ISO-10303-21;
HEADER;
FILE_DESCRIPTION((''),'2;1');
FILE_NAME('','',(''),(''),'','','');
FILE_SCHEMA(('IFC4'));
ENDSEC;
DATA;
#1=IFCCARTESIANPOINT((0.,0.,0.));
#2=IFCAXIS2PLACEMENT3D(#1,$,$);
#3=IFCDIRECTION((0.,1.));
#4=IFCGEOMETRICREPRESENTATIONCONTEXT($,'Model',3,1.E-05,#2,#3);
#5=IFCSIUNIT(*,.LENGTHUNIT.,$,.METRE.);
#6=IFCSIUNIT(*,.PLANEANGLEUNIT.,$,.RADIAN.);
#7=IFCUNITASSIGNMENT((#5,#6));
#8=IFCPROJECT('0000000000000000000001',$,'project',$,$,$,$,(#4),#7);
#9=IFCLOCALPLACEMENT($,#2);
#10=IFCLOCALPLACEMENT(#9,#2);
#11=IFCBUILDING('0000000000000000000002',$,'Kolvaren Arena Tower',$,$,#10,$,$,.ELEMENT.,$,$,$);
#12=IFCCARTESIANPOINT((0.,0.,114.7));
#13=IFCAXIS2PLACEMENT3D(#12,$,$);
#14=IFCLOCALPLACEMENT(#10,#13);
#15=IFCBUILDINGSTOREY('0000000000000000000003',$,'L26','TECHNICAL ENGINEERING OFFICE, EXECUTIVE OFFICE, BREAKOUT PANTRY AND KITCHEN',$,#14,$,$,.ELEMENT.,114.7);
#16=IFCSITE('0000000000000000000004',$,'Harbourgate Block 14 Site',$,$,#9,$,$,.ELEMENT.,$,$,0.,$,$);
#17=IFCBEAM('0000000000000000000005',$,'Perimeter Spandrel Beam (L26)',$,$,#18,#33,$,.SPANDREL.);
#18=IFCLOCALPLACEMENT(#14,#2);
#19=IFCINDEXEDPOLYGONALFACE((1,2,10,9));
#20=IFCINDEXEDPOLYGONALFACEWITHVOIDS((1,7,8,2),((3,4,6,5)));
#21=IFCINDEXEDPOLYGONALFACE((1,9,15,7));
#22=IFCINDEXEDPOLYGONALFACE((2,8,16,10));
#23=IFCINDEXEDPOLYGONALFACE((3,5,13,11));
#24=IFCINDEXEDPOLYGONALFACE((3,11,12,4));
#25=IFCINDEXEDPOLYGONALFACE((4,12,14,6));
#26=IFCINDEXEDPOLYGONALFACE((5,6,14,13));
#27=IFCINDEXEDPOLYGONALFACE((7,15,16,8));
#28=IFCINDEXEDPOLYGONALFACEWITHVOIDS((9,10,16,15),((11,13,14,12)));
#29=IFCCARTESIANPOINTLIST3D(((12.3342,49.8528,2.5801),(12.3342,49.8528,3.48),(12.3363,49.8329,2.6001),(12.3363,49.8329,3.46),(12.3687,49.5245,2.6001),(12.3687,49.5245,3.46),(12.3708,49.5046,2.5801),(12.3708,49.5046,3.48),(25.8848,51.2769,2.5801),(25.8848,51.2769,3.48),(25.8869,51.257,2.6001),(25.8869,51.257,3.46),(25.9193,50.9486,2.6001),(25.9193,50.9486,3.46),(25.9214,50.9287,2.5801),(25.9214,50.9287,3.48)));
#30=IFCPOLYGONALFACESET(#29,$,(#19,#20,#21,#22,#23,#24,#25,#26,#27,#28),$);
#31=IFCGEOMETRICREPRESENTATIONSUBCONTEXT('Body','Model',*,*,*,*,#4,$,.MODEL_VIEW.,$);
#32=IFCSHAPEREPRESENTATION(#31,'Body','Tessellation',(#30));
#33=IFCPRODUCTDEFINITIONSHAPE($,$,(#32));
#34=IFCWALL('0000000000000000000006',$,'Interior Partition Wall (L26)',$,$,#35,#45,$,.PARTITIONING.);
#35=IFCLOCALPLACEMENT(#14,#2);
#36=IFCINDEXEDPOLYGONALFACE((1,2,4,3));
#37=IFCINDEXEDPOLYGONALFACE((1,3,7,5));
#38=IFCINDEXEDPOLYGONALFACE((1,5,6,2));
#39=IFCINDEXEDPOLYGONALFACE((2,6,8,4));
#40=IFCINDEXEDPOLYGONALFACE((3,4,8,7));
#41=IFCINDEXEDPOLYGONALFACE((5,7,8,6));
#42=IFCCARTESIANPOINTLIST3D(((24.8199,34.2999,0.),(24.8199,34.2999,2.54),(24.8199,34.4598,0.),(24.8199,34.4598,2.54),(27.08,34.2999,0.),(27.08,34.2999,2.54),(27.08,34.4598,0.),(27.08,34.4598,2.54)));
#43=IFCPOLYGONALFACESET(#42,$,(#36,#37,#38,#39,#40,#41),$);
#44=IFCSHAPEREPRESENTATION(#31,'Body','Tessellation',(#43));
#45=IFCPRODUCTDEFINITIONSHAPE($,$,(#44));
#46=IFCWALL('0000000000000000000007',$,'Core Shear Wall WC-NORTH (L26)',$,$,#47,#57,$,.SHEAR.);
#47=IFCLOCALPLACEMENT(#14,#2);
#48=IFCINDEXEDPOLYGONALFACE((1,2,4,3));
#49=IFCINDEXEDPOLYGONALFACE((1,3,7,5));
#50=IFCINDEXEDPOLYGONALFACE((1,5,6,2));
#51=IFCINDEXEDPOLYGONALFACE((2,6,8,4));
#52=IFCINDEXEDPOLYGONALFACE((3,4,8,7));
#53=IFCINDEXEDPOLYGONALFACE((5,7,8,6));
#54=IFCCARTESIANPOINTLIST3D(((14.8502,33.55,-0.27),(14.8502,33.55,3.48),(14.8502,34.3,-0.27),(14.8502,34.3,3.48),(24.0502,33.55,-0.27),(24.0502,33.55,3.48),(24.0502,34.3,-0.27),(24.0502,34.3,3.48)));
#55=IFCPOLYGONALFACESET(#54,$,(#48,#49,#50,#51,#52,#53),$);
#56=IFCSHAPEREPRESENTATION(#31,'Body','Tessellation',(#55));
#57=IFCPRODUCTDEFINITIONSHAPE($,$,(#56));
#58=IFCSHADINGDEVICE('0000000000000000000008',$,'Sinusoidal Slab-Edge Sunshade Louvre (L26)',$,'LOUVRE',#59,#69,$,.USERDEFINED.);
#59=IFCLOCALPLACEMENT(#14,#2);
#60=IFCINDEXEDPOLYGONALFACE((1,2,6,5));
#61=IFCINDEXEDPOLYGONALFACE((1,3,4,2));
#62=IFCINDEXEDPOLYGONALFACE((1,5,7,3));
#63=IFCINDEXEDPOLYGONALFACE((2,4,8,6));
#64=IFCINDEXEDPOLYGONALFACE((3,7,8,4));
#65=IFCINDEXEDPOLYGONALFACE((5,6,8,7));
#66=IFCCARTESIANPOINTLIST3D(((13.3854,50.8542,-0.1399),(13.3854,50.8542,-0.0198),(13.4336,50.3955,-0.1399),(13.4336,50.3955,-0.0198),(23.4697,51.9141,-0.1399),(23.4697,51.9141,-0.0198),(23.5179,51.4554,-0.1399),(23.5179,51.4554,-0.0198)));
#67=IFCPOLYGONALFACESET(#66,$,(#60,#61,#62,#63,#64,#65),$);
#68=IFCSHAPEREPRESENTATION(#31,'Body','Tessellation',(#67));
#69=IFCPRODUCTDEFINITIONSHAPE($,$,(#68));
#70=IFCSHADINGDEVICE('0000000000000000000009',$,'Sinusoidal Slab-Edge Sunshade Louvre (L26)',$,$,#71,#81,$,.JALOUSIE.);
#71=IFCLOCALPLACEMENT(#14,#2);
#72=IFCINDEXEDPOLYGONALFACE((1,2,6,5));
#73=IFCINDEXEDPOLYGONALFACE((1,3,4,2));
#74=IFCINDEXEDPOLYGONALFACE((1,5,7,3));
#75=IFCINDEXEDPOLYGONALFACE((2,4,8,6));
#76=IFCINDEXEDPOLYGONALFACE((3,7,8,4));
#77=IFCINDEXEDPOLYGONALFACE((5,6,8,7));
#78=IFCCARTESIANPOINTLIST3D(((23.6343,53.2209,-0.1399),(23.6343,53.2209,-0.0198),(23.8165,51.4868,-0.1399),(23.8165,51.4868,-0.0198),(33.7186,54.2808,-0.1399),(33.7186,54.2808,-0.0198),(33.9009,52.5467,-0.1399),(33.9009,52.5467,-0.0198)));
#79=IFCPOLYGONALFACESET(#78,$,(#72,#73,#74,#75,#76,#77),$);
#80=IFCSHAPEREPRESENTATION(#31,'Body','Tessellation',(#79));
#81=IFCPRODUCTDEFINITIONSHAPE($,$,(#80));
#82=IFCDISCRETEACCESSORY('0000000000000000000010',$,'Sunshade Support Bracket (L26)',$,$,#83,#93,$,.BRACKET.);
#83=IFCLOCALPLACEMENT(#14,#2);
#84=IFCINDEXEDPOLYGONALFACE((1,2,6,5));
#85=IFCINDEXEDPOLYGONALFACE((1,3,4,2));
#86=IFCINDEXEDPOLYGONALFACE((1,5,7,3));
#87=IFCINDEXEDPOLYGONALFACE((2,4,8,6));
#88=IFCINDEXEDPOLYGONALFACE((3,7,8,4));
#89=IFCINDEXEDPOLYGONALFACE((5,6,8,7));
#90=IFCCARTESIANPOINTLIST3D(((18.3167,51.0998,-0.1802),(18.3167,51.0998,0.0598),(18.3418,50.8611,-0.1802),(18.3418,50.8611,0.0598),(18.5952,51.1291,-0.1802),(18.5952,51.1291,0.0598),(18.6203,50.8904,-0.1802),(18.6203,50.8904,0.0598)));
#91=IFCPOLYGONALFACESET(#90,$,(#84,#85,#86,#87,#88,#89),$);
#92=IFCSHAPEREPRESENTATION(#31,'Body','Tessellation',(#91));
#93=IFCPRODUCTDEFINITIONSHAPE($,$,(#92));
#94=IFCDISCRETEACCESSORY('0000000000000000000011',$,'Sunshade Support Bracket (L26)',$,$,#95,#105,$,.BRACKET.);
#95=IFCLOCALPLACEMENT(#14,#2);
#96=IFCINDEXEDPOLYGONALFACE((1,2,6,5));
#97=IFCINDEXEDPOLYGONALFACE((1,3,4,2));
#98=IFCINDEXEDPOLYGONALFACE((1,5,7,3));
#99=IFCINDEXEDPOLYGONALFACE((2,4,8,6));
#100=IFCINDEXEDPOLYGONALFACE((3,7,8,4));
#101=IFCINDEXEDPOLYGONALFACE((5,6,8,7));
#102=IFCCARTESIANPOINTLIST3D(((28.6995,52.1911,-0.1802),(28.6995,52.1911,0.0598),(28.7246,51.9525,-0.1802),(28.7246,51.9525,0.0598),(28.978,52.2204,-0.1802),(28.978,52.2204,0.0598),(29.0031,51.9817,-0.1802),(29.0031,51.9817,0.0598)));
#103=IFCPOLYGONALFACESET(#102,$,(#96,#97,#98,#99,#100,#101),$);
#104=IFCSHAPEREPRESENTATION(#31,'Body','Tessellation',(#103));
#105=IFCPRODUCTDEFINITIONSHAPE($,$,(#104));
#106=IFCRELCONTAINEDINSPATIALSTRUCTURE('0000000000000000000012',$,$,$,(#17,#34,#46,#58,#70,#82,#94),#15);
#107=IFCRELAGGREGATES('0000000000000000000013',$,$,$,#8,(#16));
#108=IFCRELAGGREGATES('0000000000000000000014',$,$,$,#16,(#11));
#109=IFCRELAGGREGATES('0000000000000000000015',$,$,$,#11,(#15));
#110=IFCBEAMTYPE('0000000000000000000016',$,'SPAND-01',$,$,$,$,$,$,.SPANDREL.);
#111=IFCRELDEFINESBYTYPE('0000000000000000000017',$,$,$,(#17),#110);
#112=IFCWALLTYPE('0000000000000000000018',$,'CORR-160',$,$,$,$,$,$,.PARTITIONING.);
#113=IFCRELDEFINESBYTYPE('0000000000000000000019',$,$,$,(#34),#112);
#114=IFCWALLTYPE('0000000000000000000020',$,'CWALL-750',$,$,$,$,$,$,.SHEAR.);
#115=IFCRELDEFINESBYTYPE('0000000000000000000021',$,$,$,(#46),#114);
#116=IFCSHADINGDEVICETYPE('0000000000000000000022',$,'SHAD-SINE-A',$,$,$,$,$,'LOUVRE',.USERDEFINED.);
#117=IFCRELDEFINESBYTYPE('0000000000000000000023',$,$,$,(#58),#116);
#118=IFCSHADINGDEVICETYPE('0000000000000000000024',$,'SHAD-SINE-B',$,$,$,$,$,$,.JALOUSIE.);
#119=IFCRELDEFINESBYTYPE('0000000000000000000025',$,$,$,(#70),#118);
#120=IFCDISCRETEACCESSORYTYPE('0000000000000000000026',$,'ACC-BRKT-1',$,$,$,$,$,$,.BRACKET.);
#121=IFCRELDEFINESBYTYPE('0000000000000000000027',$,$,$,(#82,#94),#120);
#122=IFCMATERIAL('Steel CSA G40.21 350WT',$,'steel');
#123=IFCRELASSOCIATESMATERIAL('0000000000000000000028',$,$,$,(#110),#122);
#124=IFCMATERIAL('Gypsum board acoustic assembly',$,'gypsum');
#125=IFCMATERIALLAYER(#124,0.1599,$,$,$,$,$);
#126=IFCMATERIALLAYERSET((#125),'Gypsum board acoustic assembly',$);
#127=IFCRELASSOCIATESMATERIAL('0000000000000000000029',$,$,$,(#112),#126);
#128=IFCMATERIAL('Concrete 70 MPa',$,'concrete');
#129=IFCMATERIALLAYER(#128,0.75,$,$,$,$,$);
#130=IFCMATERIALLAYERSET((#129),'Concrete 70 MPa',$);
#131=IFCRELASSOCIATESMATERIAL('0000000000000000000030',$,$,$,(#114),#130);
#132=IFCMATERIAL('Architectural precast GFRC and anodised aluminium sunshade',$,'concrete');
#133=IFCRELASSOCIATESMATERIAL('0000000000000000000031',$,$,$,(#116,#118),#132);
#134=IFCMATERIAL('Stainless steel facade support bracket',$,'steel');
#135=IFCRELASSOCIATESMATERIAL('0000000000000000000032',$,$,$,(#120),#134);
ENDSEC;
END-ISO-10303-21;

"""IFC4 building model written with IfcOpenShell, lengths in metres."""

from ifc_helpers import new_model, si_unit, direction, frame, frame_2d, origin, origin_2d, place, context, subcontext, project, spatial, rectangle, hollow_rectangle, extrude, material, layer, layer_set, material_profile, profile_set, type_object, element, save


model = new_model("IFC4")

# Units and contexts
model_context = context("Model", 3, precision=1e-05, world=origin(), true_north=direction((0.0, 1.0)))
body_context = subcontext(model_context, "Body", "Model", "MODEL_VIEW")
ifc_project = project(units=[si_unit("LENGTHUNIT", "METRE"), si_unit("PLANEANGLEUNIT", "RADIAN")], contexts=[model_context])

# Site, building, storey
site_placement = place(None, origin())
site = spatial("IfcSite", under=ifc_project, at=site_placement, Name="Harbourgate Block 14 Site", CompositionType="ELEMENT", RefElevation=0.0)
building_placement = place(site_placement, origin())
building = spatial("IfcBuilding", under=site, at=building_placement, Name="Kolvaren Arena Tower", CompositionType="ELEMENT")
storey_placement = place(building_placement, frame((0.0, 0.0, 114.7)))
storey = spatial("IfcBuildingStorey", under=building, at=storey_placement, Name="L26", Description="TECHNICAL ENGINEERING OFFICE, EXECUTIVE OFFICE, BREAKOUT PANTRY AND KITCHEN", CompositionType="ELEMENT", Elevation=114.7)

# Beam
ifc_material_1 = material(Name="Steel CSA G40.21 350WT", Category="steel")
ifc_material_profile_1 = material_profile(ifc_material_1, hollow_rectangle(XDim=0.3501, YDim=0.8999, WallThickness=0.02, at=origin_2d()), Name="HSS 900x350x20")
ifc_profile_set_1 = profile_set([ifc_material_profile_1], Name="Steel CSA G40.21 350WT")
beam_type_1 = type_object("IfcBeamType", Name="SPAND-01", PredefinedType="SPANDREL", material=ifc_profile_set_1)
beam_1_placement = place(storey_placement, frame((25.9031, 51.1028, 3.03), z_axis=(-0.994523, -0.104518, 0.0), x_axis=(0.104518, -0.994523, 0.0)))
element("IfcBeam", 1, at=beam_1_placement, inside=storey, type_object=beam_type_1, Name="Perimeter Spandrel Beam (L26)", PredefinedType="SPANDREL", context=body_context, shape_type="SweptSolid", body=[
    extrude(hollow_rectangle(XDim=0.3501, YDim=0.8999, WallThickness=0.02, at=origin_2d()), origin(), (0.0, 0.0, 1.0), 13.6252),
])

# Walls
ifc_material_2 = material(Name="Gypsum board acoustic assembly", Category="gypsum")
ifc_layer_1 = layer(ifc_material_2, 0.1599)
ifc_layer_set_1 = layer_set([ifc_layer_1], Name="Gypsum board acoustic assembly")
wall_type_1 = type_object("IfcWallType", Name="CORR-160", PredefinedType="PARTITIONING", material=ifc_layer_set_1)
wall_1_placement = place(storey_placement, frame((24.8201, 34.3799, 0.0), z_axis=(0.0, 0.0, 1.0), x_axis=(1.0, 0.0, 0.0)))
element("IfcWall", 2, at=wall_1_placement, inside=storey, type_object=wall_type_1, Name="Interior Partition Wall (L26)", PredefinedType="PARTITIONING", context=body_context, shape_type="SweptSolid", body=[
    extrude(rectangle(XDim=2.26, YDim=0.1599, at=frame_2d((1.1299, 0.0))), origin(), (0.0, 0.0, 1.0), 2.54),
])
ifc_material_3 = material(Name="Concrete 70 MPa", Category="concrete")
ifc_layer_2 = layer(ifc_material_3, 0.75)
ifc_layer_set_2 = layer_set([ifc_layer_2], Name="Concrete 70 MPa")
wall_type_2 = type_object("IfcWallType", Name="CWALL-750", PredefinedType="SHEAR", material=ifc_layer_set_2)
wall_2_placement = place(storey_placement, frame((14.8501, 33.925, -0.27), z_axis=(0.0, 0.0, 1.0), x_axis=(1.0, 0.0, 0.0)))
element("IfcWall", 3, at=wall_2_placement, inside=storey, type_object=wall_type_2, Name="Core Shear Wall WC-NORTH (L26)", PredefinedType="SHEAR", context=body_context, shape_type="SweptSolid", body=[
    extrude(rectangle(XDim=9.2, YDim=0.75, at=frame_2d((4.6001, 0.0))), origin(), (0.0, 0.0, 1.0), 3.75),
])

# Shading devices
ifc_material_4 = material(Name="Architectural precast GFRC and anodised aluminium sunshade", Category="concrete")
shading_device_type_1 = type_object("IfcShadingDeviceType", Name="SHAD-SINE-A", ElementType="LOUVRE", PredefinedType="USERDEFINED", material=ifc_material_4)
shading_device_1_placement = place(storey_placement, frame((18.4517, 51.1548, -0.1399), z_axis=(0.0, 0.0, 1.0), x_axis=(0.994522, 0.104527, 0.0)))
element("IfcShadingDevice", 4, at=shading_device_1_placement, inside=storey, type_object=shading_device_type_1, Name="Sinusoidal Slab-Edge Sunshade Louvre (L26)", ObjectType="LOUVRE", PredefinedType="USERDEFINED", context=body_context, shape_type="SweptSolid", body=[
    extrude(rectangle(XDim=10.1399, YDim=0.4612, at=origin_2d()), origin(), (0.0, 0.0, 1.0), 0.1201),
])
shading_device_type_2 = type_object("IfcShadingDeviceType", Name="SHAD-SINE-B", PredefinedType="JALOUSIE", material=ifc_material_4)
shading_device_2_placement = place(storey_placement, frame((28.7676, 52.8838, -0.1399), z_axis=(0.0, 0.0, 1.0), x_axis=(0.994522, 0.104527, 0.0)))
element("IfcShadingDevice", 5, at=shading_device_2_placement, inside=storey, type_object=shading_device_type_2, Name="Sinusoidal Slab-Edge Sunshade Louvre (L26)", PredefinedType="JALOUSIE", context=body_context, shape_type="SweptSolid", body=[
    extrude(rectangle(XDim=10.1399, YDim=1.7437, at=origin_2d()), origin(), (0.0, 0.0, 1.0), 0.1201),
])

# Discrete accessories
ifc_material_5 = material(Name="Stainless steel facade support bracket", Category="steel")
discrete_accessory_type = type_object("IfcDiscreteAccessoryType", Name="ACC-BRKT-1", PredefinedType="BRACKET", material=ifc_material_5)
for number, where, z_axis, x_axis, name in (
    (6, (18.4685, 50.9951, -0.1802), (0.0, 0.0, 1.0), (0.994522, 0.104527, 0.0), "Sunshade Support Bracket (L26)"),
    (7, (28.8513, 52.0864, -0.1802), (0.0, 0.0, 1.0), (0.994522, 0.104527, 0.0), "Sunshade Support Bracket (L26)"),
):
    element("IfcDiscreteAccessory", number, at=place(storey_placement, frame(where, z_axis=z_axis, x_axis=x_axis)), inside=storey, type_object=discrete_accessory_type, Name=name, PredefinedType="BRACKET", context=body_context, shape_type="SweptSolid", body=[
        extrude(rectangle(XDim=0.28, YDim=0.24, at=origin_2d()), origin(), (0.0, 0.0, 1.0), 0.24),
    ])

save(model, "model.ifc")
